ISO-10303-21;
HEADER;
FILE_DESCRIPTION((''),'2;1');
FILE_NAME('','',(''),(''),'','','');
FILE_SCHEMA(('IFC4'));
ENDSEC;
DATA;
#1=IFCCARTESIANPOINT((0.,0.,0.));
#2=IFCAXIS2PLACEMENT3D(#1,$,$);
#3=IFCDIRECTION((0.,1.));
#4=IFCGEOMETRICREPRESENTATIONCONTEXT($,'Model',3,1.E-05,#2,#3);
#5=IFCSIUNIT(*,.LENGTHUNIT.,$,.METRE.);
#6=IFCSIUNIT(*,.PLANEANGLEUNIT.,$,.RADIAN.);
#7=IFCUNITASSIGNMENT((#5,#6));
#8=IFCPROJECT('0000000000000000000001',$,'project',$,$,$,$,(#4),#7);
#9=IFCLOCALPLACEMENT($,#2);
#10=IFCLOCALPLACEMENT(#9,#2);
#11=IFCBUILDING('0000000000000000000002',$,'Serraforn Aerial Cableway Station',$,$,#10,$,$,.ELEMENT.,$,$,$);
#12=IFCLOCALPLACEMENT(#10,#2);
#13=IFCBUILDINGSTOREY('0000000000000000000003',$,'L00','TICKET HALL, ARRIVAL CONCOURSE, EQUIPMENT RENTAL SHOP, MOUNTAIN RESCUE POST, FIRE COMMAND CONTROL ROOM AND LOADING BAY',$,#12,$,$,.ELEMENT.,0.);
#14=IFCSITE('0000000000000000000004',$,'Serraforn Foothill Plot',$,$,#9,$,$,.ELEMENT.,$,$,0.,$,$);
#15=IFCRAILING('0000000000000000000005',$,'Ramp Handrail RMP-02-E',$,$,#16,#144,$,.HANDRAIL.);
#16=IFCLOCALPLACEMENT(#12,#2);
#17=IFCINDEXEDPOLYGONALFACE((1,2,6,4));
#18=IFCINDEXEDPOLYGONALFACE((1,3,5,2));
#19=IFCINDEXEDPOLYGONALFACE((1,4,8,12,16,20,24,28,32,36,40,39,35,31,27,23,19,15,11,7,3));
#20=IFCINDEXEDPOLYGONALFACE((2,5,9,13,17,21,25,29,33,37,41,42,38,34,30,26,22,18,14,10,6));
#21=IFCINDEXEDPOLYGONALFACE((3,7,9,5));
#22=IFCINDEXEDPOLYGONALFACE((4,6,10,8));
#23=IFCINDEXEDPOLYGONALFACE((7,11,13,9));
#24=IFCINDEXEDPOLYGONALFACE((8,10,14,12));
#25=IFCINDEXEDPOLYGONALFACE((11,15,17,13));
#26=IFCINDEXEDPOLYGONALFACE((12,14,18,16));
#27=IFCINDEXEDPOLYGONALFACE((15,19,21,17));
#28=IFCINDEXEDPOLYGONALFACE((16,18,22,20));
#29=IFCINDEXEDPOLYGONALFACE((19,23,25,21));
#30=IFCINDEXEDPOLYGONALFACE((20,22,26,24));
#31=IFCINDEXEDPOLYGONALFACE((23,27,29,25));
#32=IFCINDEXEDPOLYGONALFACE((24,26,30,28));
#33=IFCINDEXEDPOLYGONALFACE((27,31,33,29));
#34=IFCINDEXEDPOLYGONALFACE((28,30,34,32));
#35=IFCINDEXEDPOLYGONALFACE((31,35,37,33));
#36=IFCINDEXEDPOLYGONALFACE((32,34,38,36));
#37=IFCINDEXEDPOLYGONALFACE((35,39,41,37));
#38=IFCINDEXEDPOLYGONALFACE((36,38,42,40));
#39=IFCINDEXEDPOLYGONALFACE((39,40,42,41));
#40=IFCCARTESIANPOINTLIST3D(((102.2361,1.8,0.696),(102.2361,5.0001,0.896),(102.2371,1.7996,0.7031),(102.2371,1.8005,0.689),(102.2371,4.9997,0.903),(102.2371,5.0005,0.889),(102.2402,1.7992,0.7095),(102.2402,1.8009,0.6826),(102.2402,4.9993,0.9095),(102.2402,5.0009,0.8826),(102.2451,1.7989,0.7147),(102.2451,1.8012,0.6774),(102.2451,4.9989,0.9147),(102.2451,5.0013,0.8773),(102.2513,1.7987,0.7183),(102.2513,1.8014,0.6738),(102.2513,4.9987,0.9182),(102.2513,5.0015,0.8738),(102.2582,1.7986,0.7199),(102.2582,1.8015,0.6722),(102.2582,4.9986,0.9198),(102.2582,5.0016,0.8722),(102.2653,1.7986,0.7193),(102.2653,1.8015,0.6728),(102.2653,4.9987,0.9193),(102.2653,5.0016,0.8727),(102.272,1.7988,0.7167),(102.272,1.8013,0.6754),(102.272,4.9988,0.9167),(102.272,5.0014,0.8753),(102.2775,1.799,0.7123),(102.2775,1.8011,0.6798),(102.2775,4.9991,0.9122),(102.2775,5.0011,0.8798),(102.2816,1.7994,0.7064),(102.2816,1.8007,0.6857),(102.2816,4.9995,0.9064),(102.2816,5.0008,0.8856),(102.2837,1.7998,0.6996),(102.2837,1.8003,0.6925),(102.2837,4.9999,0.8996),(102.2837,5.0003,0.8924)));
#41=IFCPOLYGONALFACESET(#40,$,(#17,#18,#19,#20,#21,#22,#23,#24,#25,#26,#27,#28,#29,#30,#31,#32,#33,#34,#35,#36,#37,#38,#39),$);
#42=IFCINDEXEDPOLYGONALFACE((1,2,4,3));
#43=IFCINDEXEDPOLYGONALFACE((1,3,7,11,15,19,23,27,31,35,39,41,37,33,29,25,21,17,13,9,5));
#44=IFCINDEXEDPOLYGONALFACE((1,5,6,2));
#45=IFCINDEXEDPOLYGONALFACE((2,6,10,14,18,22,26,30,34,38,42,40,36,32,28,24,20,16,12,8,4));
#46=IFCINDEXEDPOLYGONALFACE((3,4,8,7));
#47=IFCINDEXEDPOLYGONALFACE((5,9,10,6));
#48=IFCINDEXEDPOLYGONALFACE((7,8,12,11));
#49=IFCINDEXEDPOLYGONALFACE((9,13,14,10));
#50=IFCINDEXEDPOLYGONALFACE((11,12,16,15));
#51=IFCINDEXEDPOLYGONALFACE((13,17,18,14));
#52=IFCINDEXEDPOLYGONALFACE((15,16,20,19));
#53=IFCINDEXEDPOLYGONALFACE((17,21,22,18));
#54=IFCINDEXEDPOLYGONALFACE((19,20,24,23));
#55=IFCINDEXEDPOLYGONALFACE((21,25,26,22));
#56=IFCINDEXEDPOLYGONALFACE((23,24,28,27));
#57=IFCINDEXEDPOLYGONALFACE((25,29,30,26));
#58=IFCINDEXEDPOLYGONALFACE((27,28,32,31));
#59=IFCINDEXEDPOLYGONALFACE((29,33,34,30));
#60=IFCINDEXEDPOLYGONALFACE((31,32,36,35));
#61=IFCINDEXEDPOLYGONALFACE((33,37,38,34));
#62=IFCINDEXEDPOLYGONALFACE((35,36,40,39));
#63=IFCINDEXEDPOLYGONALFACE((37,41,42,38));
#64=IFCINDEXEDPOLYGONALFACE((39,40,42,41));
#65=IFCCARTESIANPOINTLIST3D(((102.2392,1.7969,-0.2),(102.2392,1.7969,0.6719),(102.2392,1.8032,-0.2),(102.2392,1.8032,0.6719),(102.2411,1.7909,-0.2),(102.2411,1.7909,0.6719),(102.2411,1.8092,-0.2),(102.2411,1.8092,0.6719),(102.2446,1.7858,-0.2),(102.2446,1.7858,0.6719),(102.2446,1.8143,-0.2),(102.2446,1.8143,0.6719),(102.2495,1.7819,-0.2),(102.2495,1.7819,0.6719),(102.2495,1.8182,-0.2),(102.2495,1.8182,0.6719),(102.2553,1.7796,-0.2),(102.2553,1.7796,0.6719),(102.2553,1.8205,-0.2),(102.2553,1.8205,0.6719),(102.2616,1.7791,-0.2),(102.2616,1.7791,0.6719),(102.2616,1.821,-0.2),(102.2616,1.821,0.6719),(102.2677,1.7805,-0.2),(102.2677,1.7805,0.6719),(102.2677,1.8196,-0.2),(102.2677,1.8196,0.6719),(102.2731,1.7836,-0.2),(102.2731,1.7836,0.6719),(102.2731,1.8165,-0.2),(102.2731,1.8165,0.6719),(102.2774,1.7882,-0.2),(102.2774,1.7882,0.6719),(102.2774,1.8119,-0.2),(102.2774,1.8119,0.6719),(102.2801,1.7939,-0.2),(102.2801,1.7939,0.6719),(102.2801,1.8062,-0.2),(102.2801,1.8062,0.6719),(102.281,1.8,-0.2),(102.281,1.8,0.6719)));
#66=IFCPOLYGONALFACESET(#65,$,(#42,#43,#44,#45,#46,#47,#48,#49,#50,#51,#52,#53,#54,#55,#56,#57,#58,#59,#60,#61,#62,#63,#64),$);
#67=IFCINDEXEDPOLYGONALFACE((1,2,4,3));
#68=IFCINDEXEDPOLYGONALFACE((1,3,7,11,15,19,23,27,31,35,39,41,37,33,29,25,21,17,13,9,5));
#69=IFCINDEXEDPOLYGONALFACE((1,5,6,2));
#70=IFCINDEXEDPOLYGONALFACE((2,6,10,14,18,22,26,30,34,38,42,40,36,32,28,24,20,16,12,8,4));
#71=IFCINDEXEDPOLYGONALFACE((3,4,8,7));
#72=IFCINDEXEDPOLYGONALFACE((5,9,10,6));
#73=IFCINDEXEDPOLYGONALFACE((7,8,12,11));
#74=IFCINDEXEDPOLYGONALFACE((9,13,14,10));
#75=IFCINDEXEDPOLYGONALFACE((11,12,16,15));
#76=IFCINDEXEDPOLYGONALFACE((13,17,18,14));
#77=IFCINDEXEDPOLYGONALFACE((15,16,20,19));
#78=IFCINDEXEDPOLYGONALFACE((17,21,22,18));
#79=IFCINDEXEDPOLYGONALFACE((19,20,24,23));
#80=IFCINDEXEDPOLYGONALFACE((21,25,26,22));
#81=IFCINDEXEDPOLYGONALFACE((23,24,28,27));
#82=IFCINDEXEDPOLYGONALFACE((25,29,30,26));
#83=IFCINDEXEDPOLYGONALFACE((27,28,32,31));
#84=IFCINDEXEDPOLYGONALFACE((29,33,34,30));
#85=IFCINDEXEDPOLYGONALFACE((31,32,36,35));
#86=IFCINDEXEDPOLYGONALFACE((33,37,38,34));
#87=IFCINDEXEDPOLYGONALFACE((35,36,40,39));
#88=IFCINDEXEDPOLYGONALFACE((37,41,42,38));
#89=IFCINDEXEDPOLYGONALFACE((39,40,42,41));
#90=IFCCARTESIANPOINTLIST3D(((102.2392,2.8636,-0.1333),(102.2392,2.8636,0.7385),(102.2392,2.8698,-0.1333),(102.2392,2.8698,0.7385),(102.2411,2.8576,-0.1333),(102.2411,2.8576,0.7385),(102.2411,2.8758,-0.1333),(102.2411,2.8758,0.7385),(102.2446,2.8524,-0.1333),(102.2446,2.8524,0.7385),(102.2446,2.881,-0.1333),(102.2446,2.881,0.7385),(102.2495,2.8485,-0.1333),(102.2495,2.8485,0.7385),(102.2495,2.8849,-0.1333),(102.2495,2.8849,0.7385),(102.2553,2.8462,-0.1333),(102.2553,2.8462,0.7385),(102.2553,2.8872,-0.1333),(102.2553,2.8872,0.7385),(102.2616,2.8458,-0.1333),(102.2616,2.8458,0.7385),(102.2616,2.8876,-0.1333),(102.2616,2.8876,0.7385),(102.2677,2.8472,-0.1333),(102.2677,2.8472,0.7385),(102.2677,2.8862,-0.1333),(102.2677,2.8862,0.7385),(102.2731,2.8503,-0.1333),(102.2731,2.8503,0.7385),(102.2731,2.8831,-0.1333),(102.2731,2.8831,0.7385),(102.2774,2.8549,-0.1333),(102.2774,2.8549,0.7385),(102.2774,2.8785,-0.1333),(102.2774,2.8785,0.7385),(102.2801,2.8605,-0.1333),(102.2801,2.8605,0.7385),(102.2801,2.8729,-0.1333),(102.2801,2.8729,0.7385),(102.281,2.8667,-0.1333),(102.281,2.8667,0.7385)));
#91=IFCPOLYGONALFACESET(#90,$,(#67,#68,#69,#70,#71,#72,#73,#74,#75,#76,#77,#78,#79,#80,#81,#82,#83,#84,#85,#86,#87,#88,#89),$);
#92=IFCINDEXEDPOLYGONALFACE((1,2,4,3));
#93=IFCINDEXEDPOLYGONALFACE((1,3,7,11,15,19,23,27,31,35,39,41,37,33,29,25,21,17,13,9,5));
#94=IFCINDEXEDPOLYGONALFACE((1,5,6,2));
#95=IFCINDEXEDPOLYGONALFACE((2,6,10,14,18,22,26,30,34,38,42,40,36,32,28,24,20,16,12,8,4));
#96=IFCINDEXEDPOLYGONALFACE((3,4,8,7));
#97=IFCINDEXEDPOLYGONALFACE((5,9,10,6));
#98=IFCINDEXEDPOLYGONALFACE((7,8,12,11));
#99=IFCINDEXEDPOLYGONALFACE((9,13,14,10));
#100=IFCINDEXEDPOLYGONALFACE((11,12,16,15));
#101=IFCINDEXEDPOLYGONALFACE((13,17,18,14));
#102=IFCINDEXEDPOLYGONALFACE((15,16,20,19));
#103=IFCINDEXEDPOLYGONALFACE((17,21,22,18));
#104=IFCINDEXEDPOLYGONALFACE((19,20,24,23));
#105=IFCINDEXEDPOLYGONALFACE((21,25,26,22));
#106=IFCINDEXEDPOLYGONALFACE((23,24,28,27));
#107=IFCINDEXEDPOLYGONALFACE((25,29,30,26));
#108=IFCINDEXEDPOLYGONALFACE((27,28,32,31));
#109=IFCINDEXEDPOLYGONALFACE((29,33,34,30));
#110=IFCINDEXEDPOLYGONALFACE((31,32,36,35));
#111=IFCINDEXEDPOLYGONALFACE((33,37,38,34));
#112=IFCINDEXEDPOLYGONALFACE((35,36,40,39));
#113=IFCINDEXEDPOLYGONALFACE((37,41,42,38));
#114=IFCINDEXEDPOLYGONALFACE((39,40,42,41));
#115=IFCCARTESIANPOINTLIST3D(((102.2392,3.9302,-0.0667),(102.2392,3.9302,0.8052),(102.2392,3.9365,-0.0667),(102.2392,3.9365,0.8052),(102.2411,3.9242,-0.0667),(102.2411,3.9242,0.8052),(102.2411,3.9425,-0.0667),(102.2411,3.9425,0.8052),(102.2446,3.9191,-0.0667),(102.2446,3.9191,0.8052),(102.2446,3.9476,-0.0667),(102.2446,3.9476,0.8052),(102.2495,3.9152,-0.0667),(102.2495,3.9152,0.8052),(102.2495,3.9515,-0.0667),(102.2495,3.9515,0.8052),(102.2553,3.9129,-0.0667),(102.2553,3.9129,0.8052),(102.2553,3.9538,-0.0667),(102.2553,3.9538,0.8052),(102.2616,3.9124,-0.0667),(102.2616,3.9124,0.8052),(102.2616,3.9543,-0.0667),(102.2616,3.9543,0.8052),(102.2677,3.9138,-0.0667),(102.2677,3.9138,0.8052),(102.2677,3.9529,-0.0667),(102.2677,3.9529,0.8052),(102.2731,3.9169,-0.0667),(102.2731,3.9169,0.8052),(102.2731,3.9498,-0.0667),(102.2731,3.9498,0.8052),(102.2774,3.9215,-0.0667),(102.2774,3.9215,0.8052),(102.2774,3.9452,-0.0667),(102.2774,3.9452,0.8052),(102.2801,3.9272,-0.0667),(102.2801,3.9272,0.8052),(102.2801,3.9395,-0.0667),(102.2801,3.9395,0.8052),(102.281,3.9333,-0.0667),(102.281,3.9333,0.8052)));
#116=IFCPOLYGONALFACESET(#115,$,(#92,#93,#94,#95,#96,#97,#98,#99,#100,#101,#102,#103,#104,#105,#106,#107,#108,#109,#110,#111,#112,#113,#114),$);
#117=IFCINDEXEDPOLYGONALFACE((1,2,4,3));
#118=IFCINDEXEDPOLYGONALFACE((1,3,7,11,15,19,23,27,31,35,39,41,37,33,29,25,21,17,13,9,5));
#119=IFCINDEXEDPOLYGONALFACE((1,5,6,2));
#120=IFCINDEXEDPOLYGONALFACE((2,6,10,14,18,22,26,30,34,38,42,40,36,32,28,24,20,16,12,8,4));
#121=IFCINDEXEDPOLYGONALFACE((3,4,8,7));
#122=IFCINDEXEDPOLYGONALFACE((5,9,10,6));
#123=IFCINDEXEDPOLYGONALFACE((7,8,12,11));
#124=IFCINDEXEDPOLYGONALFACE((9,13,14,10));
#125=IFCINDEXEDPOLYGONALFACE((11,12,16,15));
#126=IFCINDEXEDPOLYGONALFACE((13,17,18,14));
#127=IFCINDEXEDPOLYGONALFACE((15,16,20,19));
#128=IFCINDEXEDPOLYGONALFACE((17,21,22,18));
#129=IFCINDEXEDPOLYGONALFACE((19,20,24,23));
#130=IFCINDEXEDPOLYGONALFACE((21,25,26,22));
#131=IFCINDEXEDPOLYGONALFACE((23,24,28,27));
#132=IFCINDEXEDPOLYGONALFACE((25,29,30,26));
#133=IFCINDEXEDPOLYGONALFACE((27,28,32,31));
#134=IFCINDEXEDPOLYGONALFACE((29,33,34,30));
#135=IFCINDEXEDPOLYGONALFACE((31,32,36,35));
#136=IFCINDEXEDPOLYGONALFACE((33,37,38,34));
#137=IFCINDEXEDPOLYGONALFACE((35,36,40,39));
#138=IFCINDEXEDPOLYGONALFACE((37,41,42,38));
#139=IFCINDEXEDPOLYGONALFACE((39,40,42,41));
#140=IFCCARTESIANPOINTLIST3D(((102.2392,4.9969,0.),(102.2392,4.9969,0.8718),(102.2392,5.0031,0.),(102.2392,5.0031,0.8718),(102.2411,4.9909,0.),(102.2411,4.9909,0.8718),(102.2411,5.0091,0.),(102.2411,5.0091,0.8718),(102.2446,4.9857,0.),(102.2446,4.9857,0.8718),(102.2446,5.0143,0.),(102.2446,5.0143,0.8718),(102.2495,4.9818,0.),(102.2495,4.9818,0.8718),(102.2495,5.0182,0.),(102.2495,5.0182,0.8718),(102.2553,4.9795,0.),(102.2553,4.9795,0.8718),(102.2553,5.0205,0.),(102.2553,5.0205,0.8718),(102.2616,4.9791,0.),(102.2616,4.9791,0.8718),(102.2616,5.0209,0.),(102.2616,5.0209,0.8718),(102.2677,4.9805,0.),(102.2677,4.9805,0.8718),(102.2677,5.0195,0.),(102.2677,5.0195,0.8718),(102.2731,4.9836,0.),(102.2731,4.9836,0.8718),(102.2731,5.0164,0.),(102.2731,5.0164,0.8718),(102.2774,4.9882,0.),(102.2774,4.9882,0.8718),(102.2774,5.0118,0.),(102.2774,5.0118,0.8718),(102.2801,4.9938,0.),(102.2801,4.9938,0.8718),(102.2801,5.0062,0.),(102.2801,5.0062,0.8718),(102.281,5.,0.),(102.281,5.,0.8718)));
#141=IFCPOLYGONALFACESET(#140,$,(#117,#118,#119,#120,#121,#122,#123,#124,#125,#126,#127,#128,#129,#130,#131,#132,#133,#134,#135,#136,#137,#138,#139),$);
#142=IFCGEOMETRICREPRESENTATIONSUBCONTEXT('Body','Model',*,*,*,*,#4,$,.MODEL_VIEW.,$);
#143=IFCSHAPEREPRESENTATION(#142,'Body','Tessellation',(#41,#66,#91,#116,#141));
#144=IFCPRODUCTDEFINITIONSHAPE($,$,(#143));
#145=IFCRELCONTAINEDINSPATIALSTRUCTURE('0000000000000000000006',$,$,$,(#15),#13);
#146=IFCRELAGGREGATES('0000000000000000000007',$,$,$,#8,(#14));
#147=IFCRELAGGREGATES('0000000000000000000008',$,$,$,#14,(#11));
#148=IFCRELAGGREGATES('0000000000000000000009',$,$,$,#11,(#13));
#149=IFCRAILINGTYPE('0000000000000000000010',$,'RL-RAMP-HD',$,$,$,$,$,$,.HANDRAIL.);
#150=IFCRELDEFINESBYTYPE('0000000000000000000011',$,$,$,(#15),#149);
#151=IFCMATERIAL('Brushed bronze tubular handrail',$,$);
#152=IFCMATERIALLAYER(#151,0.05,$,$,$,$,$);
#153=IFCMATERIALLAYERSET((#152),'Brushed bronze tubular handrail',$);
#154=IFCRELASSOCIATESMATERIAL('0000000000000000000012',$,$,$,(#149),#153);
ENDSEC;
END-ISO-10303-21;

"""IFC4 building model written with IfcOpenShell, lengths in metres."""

from ifc_helpers import new_model, si_unit, direction, frame, origin, origin_2d, place, context, subcontext, project, spatial, circle, extrude, material, layer, layer_set, type_object, element, save


model = new_model("IFC4")

# Units and contexts
model_context = context("Model", 3, precision=1e-05, world=origin(), true_north=direction((0.0, 1.0)))
body_context = subcontext(model_context, "Body", "Model", "MODEL_VIEW")
ifc_project = project(units=[si_unit("LENGTHUNIT", "METRE"), si_unit("PLANEANGLEUNIT", "RADIAN")], contexts=[model_context])

# Site, building, storey
site_placement = place(None, origin())
site = spatial("IfcSite", under=ifc_project, at=site_placement, Name="Serraforn Foothill Plot", CompositionType="ELEMENT", RefElevation=0.0)
building_placement = place(site_placement, origin())
building = spatial("IfcBuilding", under=site, at=building_placement, Name="Serraforn Aerial Cableway Station", CompositionType="ELEMENT")
storey_placement = place(building_placement, origin())
storey = spatial("IfcBuildingStorey", under=building, at=storey_placement, Name="L00", Description="TICKET HALL, ARRIVAL CONCOURSE, EQUIPMENT RENTAL SHOP, MOUNTAIN RESCUE POST, FIRE COMMAND CONTROL ROOM AND LOADING BAY", CompositionType="ELEMENT", Elevation=0.0)

# Railing
ifc_material_1 = material(Name="Brushed bronze tubular handrail")
ifc_layer = layer(ifc_material_1, 0.05)
ifc_layer_set = layer_set([ifc_layer], Name="Brushed bronze tubular handrail")
railing_type = type_object("IfcRailingType", Name="RL-RAMP-HD", PredefinedType="HANDRAIL", material=ifc_layer_set)
for number, where, name in (
    (1, (102.26, 1.8, -0.2), "Ramp Handrail RMP-02-E"),
):
    element("IfcRailing", number, at=place(storey_placement, frame(where)), inside=storey, type_object=railing_type, Name=name, PredefinedType="HANDRAIL", context=body_context, shape_type="SweptSolid", body=[
        extrude(circle(Radius=0.0239, at=origin_2d()), frame((0.0, 0.0, 0.896), z_axis=(0.0, 0.998053, 0.062364), x_axis=(-1.0, 0.0, 0.0)), (0.0, 0.0, 1.0), 3.2063),
        extrude(circle(Radius=0.021, at=origin_2d()), origin(), (0.0, 0.0, 1.0), 0.8718),
        extrude(circle(Radius=0.021, at=origin_2d()), frame((0.0, 1.0667, 0.0667)), (0.0, 0.0, 1.0), 0.8718),
        extrude(circle(Radius=0.021, at=origin_2d()), frame((0.0, 2.1333, 0.1333)), (0.0, 0.0, 1.0), 0.8718),
        extrude(circle(Radius=0.021, at=origin_2d()), frame((0.0, 3.2, 0.2)), (0.0, 0.0, 1.0), 0.8718),
    ])

save(model, "model.ifc")
